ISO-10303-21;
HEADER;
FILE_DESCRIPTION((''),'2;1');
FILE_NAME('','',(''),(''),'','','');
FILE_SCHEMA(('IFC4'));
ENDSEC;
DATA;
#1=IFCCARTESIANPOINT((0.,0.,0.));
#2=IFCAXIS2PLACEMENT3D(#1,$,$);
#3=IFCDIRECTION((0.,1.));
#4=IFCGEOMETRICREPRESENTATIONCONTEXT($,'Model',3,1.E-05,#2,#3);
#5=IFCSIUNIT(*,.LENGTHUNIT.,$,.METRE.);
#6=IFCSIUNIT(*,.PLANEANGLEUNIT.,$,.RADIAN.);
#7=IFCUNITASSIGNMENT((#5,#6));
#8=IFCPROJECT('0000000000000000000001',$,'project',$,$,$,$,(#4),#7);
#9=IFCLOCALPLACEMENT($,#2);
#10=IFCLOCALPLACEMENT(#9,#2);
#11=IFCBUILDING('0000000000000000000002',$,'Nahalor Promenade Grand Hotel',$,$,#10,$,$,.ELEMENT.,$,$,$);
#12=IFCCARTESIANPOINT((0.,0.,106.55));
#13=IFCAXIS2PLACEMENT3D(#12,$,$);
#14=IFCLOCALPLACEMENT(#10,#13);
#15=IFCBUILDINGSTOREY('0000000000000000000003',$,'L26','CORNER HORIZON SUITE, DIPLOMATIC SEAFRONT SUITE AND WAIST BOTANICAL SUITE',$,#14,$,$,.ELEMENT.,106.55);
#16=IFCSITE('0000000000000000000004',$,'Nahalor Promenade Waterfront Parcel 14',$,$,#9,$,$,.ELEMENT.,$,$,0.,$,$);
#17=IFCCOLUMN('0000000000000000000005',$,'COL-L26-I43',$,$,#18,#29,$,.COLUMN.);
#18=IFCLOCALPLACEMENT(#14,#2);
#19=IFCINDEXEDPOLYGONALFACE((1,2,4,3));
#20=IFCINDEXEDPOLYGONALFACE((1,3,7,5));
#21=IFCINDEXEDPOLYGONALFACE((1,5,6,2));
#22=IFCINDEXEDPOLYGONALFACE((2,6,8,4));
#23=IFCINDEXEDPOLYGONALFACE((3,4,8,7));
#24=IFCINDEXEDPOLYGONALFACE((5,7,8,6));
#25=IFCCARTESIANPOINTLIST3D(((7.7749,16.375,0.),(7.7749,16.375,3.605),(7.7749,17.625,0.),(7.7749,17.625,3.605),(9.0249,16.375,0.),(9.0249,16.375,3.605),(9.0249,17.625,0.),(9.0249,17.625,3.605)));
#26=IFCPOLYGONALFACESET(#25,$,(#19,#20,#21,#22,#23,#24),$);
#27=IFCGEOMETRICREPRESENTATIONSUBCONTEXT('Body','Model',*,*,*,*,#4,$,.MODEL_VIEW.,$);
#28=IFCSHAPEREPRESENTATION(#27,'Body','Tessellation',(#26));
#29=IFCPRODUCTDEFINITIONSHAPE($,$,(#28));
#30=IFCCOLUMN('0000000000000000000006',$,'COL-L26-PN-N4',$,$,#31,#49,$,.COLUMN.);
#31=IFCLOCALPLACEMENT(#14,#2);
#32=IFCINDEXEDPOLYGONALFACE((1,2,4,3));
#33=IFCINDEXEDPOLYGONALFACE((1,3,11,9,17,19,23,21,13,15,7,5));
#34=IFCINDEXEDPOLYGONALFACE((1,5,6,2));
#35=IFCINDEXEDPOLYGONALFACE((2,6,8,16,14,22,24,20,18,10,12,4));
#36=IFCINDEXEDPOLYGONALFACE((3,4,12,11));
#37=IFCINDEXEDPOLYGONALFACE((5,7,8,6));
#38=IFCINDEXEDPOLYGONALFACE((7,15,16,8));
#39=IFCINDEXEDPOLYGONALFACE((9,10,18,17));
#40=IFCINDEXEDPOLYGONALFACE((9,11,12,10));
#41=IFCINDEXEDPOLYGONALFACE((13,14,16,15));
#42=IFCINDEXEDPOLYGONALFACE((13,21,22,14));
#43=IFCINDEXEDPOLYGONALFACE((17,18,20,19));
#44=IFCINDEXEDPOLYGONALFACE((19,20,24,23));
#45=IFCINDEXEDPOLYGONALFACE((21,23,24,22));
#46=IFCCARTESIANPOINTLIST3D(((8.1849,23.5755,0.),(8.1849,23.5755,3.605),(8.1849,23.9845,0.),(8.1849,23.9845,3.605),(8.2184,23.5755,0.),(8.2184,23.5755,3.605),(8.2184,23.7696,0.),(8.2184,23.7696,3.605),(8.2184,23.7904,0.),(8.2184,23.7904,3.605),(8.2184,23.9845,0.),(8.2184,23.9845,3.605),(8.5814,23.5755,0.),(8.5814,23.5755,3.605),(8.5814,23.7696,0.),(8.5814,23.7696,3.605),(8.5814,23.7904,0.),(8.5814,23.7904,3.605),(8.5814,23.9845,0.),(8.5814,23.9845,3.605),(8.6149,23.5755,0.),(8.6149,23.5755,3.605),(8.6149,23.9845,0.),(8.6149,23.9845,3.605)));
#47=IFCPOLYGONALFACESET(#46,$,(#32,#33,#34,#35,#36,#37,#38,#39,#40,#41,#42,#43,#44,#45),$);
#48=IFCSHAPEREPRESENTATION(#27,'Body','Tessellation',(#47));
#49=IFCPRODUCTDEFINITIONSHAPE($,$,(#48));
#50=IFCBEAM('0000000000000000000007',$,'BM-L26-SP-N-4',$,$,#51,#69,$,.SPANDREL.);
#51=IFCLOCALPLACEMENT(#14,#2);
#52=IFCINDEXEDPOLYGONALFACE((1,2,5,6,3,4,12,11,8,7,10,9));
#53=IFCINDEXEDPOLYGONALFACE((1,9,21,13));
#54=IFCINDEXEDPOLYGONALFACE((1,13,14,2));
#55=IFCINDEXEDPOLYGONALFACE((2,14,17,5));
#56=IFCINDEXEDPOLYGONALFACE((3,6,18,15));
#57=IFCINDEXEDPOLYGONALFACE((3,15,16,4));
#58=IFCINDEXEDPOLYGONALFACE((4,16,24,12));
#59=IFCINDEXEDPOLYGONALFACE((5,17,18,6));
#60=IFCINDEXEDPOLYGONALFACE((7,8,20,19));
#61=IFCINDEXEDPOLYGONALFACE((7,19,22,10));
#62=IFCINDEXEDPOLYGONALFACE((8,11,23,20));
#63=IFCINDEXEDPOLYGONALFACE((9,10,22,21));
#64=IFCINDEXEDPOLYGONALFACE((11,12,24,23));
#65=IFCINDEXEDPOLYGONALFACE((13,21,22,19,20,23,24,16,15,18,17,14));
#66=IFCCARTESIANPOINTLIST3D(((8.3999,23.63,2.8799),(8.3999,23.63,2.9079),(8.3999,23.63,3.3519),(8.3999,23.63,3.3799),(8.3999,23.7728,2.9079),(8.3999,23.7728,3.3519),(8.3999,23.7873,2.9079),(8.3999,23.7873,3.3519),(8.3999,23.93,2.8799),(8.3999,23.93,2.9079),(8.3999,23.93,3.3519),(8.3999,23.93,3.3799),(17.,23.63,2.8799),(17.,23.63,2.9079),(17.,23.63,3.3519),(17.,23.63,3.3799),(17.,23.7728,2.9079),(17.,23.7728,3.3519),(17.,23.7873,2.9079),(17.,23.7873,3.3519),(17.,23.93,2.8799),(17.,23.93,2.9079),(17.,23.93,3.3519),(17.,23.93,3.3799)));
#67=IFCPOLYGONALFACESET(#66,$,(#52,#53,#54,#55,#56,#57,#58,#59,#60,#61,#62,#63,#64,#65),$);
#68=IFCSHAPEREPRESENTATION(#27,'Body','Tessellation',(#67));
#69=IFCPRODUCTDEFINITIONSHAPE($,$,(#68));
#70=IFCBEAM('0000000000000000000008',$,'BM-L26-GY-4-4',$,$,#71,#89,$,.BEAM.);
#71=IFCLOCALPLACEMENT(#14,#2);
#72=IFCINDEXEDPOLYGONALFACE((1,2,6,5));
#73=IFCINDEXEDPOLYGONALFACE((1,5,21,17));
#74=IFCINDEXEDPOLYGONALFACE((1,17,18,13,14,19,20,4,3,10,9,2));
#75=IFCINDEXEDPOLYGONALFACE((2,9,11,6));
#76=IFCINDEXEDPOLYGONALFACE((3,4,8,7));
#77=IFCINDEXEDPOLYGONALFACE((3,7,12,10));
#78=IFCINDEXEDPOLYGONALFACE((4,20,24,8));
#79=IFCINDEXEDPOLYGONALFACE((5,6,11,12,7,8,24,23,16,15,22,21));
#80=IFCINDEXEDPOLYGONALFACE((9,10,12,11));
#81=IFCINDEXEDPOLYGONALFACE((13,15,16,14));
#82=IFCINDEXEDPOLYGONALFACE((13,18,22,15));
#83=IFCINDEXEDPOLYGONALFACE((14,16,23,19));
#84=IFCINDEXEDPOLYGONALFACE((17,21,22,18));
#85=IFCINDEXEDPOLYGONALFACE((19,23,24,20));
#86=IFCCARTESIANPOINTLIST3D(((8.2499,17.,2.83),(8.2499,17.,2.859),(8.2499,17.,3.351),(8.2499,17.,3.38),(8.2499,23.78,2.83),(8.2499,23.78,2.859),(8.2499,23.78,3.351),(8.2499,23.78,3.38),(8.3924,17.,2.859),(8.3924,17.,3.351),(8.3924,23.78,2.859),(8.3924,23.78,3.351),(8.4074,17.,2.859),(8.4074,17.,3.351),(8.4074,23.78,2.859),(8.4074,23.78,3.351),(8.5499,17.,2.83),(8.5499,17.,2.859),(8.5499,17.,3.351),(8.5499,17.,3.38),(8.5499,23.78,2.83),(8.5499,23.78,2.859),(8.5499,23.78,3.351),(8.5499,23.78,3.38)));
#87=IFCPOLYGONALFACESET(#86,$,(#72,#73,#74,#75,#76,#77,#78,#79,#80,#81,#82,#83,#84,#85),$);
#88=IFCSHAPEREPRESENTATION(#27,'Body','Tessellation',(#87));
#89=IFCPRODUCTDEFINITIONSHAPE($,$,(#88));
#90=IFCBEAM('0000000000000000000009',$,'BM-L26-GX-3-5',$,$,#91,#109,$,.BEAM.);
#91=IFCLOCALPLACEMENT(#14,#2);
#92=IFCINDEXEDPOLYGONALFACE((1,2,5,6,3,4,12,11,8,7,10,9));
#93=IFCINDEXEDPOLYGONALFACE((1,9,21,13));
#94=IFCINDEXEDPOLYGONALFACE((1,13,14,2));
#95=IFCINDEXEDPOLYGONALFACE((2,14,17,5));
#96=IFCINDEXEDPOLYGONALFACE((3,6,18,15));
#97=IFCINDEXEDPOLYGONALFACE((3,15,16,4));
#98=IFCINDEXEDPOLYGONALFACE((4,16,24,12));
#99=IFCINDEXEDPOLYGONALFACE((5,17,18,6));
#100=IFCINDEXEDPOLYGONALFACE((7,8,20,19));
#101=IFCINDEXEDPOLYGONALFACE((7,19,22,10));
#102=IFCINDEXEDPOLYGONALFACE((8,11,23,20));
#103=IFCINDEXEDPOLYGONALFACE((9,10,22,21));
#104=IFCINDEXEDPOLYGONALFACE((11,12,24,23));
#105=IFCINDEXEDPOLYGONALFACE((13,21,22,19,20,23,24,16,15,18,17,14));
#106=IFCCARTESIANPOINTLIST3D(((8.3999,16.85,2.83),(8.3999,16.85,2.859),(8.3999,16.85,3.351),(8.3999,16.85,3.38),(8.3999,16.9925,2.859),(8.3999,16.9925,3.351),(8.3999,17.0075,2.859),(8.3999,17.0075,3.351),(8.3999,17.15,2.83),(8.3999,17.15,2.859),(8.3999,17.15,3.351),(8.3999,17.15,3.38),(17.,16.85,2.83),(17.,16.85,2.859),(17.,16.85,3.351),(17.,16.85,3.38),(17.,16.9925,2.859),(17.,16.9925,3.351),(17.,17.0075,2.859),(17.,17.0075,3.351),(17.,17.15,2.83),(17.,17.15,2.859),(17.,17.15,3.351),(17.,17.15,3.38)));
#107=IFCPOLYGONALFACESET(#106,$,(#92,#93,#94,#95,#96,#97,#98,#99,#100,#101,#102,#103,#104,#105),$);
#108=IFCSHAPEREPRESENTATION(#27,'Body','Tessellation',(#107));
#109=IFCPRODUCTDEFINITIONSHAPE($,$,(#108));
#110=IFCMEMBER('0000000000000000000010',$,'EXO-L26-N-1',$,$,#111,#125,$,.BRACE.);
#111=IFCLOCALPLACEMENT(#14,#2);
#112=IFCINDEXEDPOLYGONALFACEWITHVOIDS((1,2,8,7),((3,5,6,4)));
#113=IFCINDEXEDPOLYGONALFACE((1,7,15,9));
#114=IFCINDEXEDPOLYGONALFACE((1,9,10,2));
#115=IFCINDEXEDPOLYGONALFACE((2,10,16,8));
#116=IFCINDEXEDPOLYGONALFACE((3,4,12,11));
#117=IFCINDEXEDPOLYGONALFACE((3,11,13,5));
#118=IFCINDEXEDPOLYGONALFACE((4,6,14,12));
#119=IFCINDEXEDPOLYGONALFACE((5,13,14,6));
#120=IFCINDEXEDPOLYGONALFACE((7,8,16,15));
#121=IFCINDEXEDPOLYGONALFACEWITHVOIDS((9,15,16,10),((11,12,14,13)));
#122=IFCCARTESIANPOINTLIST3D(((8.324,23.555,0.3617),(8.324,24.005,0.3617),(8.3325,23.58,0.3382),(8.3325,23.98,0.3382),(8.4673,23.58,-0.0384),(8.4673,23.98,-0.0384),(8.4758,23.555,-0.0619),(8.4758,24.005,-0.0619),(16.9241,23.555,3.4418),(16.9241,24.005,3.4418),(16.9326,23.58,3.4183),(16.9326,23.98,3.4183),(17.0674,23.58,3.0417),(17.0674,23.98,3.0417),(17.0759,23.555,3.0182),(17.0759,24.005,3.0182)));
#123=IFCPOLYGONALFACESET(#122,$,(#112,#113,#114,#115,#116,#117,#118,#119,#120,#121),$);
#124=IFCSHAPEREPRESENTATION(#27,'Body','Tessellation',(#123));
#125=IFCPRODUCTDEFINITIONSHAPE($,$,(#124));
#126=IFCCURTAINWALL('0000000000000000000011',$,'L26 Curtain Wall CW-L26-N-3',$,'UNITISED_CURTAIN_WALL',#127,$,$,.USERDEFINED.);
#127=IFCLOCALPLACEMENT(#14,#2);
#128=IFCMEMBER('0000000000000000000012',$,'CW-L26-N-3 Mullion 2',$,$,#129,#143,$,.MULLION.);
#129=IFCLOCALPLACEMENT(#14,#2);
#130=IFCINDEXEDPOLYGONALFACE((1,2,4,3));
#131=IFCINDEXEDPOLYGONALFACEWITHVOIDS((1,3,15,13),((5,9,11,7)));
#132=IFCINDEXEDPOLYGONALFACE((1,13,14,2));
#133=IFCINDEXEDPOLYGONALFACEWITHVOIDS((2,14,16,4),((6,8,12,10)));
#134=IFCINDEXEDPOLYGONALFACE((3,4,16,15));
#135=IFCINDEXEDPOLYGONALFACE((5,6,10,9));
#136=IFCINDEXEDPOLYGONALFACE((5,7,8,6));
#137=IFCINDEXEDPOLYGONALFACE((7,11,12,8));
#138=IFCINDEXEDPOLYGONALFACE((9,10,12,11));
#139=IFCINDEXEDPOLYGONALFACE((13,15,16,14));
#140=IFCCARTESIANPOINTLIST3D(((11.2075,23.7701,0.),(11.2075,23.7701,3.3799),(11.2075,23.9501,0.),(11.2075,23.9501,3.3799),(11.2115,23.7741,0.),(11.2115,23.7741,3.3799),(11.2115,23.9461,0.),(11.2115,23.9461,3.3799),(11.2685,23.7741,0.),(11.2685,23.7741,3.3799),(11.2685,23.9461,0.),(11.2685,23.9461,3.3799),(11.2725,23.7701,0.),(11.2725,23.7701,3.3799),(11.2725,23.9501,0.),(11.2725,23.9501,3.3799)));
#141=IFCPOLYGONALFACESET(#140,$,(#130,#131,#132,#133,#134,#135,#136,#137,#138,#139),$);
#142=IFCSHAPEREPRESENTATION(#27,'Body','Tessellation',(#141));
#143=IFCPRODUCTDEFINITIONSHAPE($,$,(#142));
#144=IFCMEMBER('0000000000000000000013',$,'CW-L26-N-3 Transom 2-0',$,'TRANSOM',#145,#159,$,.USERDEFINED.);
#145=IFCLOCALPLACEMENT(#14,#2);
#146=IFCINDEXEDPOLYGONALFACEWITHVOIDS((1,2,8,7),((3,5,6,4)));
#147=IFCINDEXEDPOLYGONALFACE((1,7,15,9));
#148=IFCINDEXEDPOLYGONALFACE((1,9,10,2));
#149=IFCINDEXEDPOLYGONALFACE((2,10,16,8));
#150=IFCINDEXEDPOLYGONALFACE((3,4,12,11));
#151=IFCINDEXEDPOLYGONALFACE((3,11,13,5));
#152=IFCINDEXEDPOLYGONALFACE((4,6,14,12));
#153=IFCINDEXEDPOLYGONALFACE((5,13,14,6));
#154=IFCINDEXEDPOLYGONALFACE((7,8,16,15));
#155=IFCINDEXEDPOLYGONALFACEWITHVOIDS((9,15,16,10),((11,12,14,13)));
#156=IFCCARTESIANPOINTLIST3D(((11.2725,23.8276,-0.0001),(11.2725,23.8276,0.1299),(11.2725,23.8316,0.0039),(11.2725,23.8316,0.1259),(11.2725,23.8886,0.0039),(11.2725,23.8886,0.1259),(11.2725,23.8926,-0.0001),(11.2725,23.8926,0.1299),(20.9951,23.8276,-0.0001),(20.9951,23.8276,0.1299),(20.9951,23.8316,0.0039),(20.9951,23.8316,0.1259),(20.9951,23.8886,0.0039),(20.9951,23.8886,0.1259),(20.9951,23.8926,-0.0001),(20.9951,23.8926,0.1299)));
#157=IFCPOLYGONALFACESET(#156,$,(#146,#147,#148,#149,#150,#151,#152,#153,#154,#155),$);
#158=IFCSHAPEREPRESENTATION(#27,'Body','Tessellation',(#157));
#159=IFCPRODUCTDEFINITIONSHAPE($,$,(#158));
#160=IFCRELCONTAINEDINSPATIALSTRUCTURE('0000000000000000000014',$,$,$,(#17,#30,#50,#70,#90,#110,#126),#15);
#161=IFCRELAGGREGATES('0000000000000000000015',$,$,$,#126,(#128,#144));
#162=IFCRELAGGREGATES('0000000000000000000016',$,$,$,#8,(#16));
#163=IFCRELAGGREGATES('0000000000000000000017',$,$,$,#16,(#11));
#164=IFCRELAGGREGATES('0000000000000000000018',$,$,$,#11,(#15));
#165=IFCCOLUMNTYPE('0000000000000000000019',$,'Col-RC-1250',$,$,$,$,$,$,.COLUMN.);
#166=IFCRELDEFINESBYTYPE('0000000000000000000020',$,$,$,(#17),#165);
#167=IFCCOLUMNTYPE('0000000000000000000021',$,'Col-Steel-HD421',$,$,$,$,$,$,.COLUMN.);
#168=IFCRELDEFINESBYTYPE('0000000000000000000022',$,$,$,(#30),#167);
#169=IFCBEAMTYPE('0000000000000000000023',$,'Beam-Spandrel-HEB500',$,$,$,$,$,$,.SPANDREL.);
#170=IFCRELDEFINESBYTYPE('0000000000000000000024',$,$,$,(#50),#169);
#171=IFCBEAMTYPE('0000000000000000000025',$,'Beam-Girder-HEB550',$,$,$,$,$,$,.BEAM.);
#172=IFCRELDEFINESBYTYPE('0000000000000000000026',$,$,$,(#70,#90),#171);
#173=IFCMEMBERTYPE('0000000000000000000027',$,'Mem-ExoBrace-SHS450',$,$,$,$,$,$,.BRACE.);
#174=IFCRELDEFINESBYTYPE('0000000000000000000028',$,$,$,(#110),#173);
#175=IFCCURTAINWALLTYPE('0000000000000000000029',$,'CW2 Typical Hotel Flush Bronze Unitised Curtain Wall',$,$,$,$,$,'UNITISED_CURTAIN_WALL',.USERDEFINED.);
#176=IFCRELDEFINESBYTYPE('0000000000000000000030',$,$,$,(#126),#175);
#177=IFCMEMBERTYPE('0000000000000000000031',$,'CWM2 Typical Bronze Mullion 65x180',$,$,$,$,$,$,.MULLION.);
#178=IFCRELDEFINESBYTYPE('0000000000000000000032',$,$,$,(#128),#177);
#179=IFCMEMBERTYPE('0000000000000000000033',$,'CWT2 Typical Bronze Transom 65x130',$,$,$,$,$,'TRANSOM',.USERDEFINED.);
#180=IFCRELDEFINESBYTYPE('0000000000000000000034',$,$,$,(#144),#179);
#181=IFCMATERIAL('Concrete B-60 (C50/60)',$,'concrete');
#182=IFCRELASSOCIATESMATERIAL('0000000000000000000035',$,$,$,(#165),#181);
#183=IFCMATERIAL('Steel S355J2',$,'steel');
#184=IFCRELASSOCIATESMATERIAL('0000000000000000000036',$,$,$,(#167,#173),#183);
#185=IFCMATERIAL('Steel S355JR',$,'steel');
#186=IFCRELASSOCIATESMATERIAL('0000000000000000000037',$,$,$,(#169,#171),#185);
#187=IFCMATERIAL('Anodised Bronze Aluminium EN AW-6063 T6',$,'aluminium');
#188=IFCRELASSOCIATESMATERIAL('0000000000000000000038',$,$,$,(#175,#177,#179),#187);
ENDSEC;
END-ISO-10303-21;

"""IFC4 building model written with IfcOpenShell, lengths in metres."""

from ifc_helpers import new_model, si_unit, direction, frame, origin, origin_2d, place, context, subcontext, project, spatial, rectangle, hollow_rectangle, i_section, extrude, source, transform, mapped, material, material_profile, profile_set, type_object, element, aggregate, save


model = new_model("IFC4")

# Units and contexts
model_context = context("Model", 3, precision=1e-05, world=origin(), true_north=direction((0.0, 1.0)))
body_context = subcontext(model_context, "Body", "Model", "MODEL_VIEW")
ifc_project = project(units=[si_unit("LENGTHUNIT", "METRE"), si_unit("PLANEANGLEUNIT", "RADIAN")], contexts=[model_context])

# Site, building, storey
site_placement = place(None, origin())
site = spatial("IfcSite", under=ifc_project, at=site_placement, Name="Nahalor Promenade Waterfront Parcel 14", CompositionType="ELEMENT", RefElevation=0.0)
building_placement = place(site_placement, origin())
building = spatial("IfcBuilding", under=site, at=building_placement, Name="Nahalor Promenade Grand Hotel", CompositionType="ELEMENT")
storey_placement = place(building_placement, frame((0.0, 0.0, 106.55)))
storey = spatial("IfcBuildingStorey", under=building, at=storey_placement, Name="L26", Description="CORNER HORIZON SUITE, DIPLOMATIC SEAFRONT SUITE AND WAIST BOTANICAL SUITE", CompositionType="ELEMENT", Elevation=106.55)

# Columns
ifc_material_1 = material(Name="Concrete B-60 (C50/60)", Category="concrete")
ifc_material_profile_1 = material_profile(ifc_material_1, rectangle(XDim=1.25, YDim=1.25, at=origin_2d()), Name="RC 1250x1250")
ifc_profile_set_1 = profile_set([ifc_material_profile_1], Name="Concrete B-60 (C50/60)")
column_type_1 = type_object("IfcColumnType", Name="Col-RC-1250", PredefinedType="COLUMN", material=ifc_profile_set_1)
shared_shape_1 = source(origin(), body_context, "Body", "SweptSolid", [
    extrude(rectangle(XDim=1.25, YDim=1.25, at=origin_2d()), origin(), (0.0, 0.0, 1.0), 3.605),
])
column_1_placement = place(storey_placement, frame((8.3999, 17.0, 0.0), z_axis=(0.0, 0.0, 1.0), x_axis=(1.0, 0.0, 0.0)))
element("IfcColumn", 1, at=column_1_placement, inside=storey, type_object=column_type_1, Name="COL-L26-I43", PredefinedType="COLUMN", context=body_context, shape_type="MappedRepresentation", body=[
    mapped(shared_shape_1, transform((0.0, 0.0, 0.0), scale=1.0)),
])
ifc_material_2 = material(Name="Steel S355J2", Category="steel")
ifc_material_profile_2 = material_profile(ifc_material_2, i_section(OverallWidth=0.409, OverallDepth=0.43, WebThickness=0.0208, FlangeThickness=0.0335, at=origin_2d()), Name="HD 400x421")
ifc_profile_set_2 = profile_set([ifc_material_profile_2], Name="Steel S355J2")
column_type_2 = type_object("IfcColumnType", Name="Col-Steel-HD421", PredefinedType="COLUMN", material=ifc_profile_set_2)
shared_shape_2 = source(origin(), body_context, "Body", "SweptSolid", [
    extrude(i_section(OverallWidth=0.409, OverallDepth=0.43, WebThickness=0.0208, FlangeThickness=0.0335, at=origin_2d()), origin(), (0.0, 0.0, 1.0), 3.605),
])
column_2_placement = place(storey_placement, frame((8.3999, 23.78, 0.0), z_axis=(0.0, 0.0, 1.0), x_axis=(0.0, 1.0, 0.0)))
element("IfcColumn", 2, at=column_2_placement, inside=storey, type_object=column_type_2, Name="COL-L26-PN-N4", PredefinedType="COLUMN", context=body_context, shape_type="MappedRepresentation", body=[
    mapped(shared_shape_2, transform((0.0, 0.0, 0.0), scale=1.0)),
])

# Beams
ifc_material_3 = material(Name="Steel S355JR", Category="steel")
ifc_material_profile_3 = material_profile(ifc_material_3, i_section(OverallWidth=0.3, OverallDepth=0.5, WebThickness=0.0145, FlangeThickness=0.028, at=origin_2d()), Name="HEB 500")
ifc_profile_set_3 = profile_set([ifc_material_profile_3], Name="Steel S355JR")
beam_type_1 = type_object("IfcBeamType", Name="Beam-Spandrel-HEB500", PredefinedType="SPANDREL", material=ifc_profile_set_3)
shared_shape_3 = source(origin(), body_context, "Body", "SweptSolid", [
    extrude(i_section(OverallWidth=0.3, OverallDepth=0.5, WebThickness=0.0145, FlangeThickness=0.028, at=origin_2d()), origin(), (0.0, 0.0, 1.0), 8.6001),
])
beam_1_placement = place(storey_placement, frame((8.3999, 23.78, 3.1299), z_axis=(1.0, 0.0, 0.0), x_axis=(0.0, 1.0, 0.0)))
element("IfcBeam", 3, at=beam_1_placement, inside=storey, type_object=beam_type_1, Name="BM-L26-SP-N-4", PredefinedType="SPANDREL", context=body_context, shape_type="MappedRepresentation", body=[
    mapped(shared_shape_3, transform((0.0, 0.0, 0.0), scale=1.0)),
])
ifc_material_profile_4 = material_profile(ifc_material_3, i_section(OverallWidth=0.3, OverallDepth=0.55, WebThickness=0.015, FlangeThickness=0.029, at=origin_2d()), Name="HEB 550")
ifc_profile_set_4 = profile_set([ifc_material_profile_4], Name="Steel S355JR")
beam_type_2 = type_object("IfcBeamType", Name="Beam-Girder-HEB550", PredefinedType="BEAM", material=ifc_profile_set_4)
shared_shape_4 = source(origin(), body_context, "Body", "SweptSolid", [
    extrude(i_section(OverallWidth=0.3, OverallDepth=0.55, WebThickness=0.015, FlangeThickness=0.029, at=origin_2d()), origin(), (0.0, 0.0, 1.0), 6.78),
])
beam_2_placement = place(storey_placement, frame((8.3999, 17.0, 3.105), z_axis=(0.0, 1.0, 0.0), x_axis=(-1.0, 0.0, 0.0)))
element("IfcBeam", 4, at=beam_2_placement, inside=storey, type_object=beam_type_2, Name="BM-L26-GY-4-4", PredefinedType="BEAM", context=body_context, shape_type="MappedRepresentation", body=[
    mapped(shared_shape_4, transform((0.0, 0.0, 0.0), scale=1.0)),
])
shared_shape_5 = source(origin(), body_context, "Body", "SweptSolid", [
    extrude(i_section(OverallWidth=0.3, OverallDepth=0.55, WebThickness=0.015, FlangeThickness=0.029, at=origin_2d()), origin(), (0.0, 0.0, 1.0), 8.6001),
])
beam_3_placement = place(storey_placement, frame((8.3999, 17.0, 3.105), z_axis=(1.0, 0.0, 0.0), x_axis=(0.0, 1.0, 0.0)))
element("IfcBeam", 5, at=beam_3_placement, inside=storey, type_object=beam_type_2, Name="BM-L26-GX-3-5", PredefinedType="BEAM", context=body_context, shape_type="MappedRepresentation", body=[
    mapped(shared_shape_5, transform((0.0, 0.0, 0.0), scale=1.0)),
])

# Member
ifc_material_profile_5 = material_profile(ifc_material_2, hollow_rectangle(XDim=0.45, YDim=0.45, WallThickness=0.025, at=origin_2d()), Name="SHS 450x450x25")
ifc_profile_set_5 = profile_set([ifc_material_profile_5], Name="Steel S355J2")
member_type_1 = type_object("IfcMemberType", Name="Mem-ExoBrace-SHS450", PredefinedType="BRACE", material=ifc_profile_set_5)
shared_shape_6 = source(origin(), body_context, "Body", "SweptSolid", [
    extrude(hollow_rectangle(XDim=0.45, YDim=0.45, WallThickness=0.025, at=origin_2d()), origin(), (0.0, 0.0, 1.0), 9.135),
])
member_1_placement = place(storey_placement, frame((8.3999, 23.78, 0.1499), z_axis=(0.941443, 0.0, 0.337173), x_axis=(0.0, 1.0, 0.0)))
element("IfcMember", 6, at=member_1_placement, inside=storey, type_object=member_type_1, Name="EXO-L26-N-1", PredefinedType="BRACE", context=body_context, shape_type="MappedRepresentation", body=[
    mapped(shared_shape_6, transform((0.0, 0.0, 0.0), scale=1.0)),
])

# Curtain wall, members
ifc_material_4 = material(Name="Anodised Bronze Aluminium EN AW-6063 T6", Category="aluminium")
curtain_wall_type = type_object("IfcCurtainWallType", Name="CW2 Typical Hotel Flush Bronze Unitised Curtain Wall", ElementType="UNITISED_CURTAIN_WALL", PredefinedType="USERDEFINED", material=ifc_material_4)
curtain_wall_placement = place(storey_placement, origin())
curtain_wall = element("IfcCurtainWall", 7, at=curtain_wall_placement, inside=storey, type_object=curtain_wall_type, Name="L26 Curtain Wall CW-L26-N-3", ObjectType="UNITISED_CURTAIN_WALL", PredefinedType="USERDEFINED")
ifc_material_profile_6 = material_profile(ifc_material_4, hollow_rectangle(XDim=0.065, YDim=0.18, WallThickness=0.004, at=origin_2d()), Name="CWM 65x180x4")
ifc_profile_set_6 = profile_set([ifc_material_profile_6], Name="Anodised Bronze Aluminium EN AW-6063 T6")
member_type_2 = type_object("IfcMemberType", Name="CWM2 Typical Bronze Mullion 65x180", PredefinedType="MULLION", material=ifc_profile_set_6)
shared_shape_7 = source(origin(), body_context, "Body", "SweptSolid", [
    extrude(hollow_rectangle(XDim=0.065, YDim=0.18, WallThickness=0.004, at=origin_2d()), origin(), (0.0, 0.0, 1.0), 3.3799),
])
member_2_placement = place(storey_placement, frame((11.24, 23.8601, 0.0), z_axis=(0.0, 0.0, 1.0), x_axis=(1.0, 0.0, 0.0)))
member_2 = element("IfcMember", 8, at=member_2_placement, type_object=member_type_2, Name="CW-L26-N-3 Mullion 2", PredefinedType="MULLION", context=body_context, shape_type="MappedRepresentation", body=[
    mapped(shared_shape_7, transform((0.0, 0.0, 0.0), scale=1.0)),
])
ifc_material_profile_7 = material_profile(ifc_material_4, hollow_rectangle(XDim=0.065, YDim=0.13, WallThickness=0.004, at=origin_2d()), Name="CWT 65x130x4")
ifc_profile_set_7 = profile_set([ifc_material_profile_7], Name="Anodised Bronze Aluminium EN AW-6063 T6")
member_type_3 = type_object("IfcMemberType", Name="CWT2 Typical Bronze Transom 65x130", ElementType="TRANSOM", PredefinedType="USERDEFINED", material=ifc_profile_set_7)
shared_shape_8 = source(origin(), body_context, "Body", "SweptSolid", [
    extrude(hollow_rectangle(XDim=0.065, YDim=0.13, WallThickness=0.004, at=origin_2d()), origin(), (0.0, 0.0, 1.0), 9.7227),
])
member_3_placement = place(storey_placement, frame((11.2725, 23.8601, 0.0649), z_axis=(1.0, 0.0, 0.0), x_axis=(0.0, 1.0, 0.0)))
member_3 = element("IfcMember", 9, at=member_3_placement, type_object=member_type_3, Name="CW-L26-N-3 Transom 2-0", ObjectType="TRANSOM", PredefinedType="USERDEFINED", context=body_context, shape_type="MappedRepresentation", body=[
    mapped(shared_shape_8, transform((0.0, 0.0, 0.0), scale=1.0)),
])
aggregate(curtain_wall, [member_2, member_3])

save(model, "model.ifc")
